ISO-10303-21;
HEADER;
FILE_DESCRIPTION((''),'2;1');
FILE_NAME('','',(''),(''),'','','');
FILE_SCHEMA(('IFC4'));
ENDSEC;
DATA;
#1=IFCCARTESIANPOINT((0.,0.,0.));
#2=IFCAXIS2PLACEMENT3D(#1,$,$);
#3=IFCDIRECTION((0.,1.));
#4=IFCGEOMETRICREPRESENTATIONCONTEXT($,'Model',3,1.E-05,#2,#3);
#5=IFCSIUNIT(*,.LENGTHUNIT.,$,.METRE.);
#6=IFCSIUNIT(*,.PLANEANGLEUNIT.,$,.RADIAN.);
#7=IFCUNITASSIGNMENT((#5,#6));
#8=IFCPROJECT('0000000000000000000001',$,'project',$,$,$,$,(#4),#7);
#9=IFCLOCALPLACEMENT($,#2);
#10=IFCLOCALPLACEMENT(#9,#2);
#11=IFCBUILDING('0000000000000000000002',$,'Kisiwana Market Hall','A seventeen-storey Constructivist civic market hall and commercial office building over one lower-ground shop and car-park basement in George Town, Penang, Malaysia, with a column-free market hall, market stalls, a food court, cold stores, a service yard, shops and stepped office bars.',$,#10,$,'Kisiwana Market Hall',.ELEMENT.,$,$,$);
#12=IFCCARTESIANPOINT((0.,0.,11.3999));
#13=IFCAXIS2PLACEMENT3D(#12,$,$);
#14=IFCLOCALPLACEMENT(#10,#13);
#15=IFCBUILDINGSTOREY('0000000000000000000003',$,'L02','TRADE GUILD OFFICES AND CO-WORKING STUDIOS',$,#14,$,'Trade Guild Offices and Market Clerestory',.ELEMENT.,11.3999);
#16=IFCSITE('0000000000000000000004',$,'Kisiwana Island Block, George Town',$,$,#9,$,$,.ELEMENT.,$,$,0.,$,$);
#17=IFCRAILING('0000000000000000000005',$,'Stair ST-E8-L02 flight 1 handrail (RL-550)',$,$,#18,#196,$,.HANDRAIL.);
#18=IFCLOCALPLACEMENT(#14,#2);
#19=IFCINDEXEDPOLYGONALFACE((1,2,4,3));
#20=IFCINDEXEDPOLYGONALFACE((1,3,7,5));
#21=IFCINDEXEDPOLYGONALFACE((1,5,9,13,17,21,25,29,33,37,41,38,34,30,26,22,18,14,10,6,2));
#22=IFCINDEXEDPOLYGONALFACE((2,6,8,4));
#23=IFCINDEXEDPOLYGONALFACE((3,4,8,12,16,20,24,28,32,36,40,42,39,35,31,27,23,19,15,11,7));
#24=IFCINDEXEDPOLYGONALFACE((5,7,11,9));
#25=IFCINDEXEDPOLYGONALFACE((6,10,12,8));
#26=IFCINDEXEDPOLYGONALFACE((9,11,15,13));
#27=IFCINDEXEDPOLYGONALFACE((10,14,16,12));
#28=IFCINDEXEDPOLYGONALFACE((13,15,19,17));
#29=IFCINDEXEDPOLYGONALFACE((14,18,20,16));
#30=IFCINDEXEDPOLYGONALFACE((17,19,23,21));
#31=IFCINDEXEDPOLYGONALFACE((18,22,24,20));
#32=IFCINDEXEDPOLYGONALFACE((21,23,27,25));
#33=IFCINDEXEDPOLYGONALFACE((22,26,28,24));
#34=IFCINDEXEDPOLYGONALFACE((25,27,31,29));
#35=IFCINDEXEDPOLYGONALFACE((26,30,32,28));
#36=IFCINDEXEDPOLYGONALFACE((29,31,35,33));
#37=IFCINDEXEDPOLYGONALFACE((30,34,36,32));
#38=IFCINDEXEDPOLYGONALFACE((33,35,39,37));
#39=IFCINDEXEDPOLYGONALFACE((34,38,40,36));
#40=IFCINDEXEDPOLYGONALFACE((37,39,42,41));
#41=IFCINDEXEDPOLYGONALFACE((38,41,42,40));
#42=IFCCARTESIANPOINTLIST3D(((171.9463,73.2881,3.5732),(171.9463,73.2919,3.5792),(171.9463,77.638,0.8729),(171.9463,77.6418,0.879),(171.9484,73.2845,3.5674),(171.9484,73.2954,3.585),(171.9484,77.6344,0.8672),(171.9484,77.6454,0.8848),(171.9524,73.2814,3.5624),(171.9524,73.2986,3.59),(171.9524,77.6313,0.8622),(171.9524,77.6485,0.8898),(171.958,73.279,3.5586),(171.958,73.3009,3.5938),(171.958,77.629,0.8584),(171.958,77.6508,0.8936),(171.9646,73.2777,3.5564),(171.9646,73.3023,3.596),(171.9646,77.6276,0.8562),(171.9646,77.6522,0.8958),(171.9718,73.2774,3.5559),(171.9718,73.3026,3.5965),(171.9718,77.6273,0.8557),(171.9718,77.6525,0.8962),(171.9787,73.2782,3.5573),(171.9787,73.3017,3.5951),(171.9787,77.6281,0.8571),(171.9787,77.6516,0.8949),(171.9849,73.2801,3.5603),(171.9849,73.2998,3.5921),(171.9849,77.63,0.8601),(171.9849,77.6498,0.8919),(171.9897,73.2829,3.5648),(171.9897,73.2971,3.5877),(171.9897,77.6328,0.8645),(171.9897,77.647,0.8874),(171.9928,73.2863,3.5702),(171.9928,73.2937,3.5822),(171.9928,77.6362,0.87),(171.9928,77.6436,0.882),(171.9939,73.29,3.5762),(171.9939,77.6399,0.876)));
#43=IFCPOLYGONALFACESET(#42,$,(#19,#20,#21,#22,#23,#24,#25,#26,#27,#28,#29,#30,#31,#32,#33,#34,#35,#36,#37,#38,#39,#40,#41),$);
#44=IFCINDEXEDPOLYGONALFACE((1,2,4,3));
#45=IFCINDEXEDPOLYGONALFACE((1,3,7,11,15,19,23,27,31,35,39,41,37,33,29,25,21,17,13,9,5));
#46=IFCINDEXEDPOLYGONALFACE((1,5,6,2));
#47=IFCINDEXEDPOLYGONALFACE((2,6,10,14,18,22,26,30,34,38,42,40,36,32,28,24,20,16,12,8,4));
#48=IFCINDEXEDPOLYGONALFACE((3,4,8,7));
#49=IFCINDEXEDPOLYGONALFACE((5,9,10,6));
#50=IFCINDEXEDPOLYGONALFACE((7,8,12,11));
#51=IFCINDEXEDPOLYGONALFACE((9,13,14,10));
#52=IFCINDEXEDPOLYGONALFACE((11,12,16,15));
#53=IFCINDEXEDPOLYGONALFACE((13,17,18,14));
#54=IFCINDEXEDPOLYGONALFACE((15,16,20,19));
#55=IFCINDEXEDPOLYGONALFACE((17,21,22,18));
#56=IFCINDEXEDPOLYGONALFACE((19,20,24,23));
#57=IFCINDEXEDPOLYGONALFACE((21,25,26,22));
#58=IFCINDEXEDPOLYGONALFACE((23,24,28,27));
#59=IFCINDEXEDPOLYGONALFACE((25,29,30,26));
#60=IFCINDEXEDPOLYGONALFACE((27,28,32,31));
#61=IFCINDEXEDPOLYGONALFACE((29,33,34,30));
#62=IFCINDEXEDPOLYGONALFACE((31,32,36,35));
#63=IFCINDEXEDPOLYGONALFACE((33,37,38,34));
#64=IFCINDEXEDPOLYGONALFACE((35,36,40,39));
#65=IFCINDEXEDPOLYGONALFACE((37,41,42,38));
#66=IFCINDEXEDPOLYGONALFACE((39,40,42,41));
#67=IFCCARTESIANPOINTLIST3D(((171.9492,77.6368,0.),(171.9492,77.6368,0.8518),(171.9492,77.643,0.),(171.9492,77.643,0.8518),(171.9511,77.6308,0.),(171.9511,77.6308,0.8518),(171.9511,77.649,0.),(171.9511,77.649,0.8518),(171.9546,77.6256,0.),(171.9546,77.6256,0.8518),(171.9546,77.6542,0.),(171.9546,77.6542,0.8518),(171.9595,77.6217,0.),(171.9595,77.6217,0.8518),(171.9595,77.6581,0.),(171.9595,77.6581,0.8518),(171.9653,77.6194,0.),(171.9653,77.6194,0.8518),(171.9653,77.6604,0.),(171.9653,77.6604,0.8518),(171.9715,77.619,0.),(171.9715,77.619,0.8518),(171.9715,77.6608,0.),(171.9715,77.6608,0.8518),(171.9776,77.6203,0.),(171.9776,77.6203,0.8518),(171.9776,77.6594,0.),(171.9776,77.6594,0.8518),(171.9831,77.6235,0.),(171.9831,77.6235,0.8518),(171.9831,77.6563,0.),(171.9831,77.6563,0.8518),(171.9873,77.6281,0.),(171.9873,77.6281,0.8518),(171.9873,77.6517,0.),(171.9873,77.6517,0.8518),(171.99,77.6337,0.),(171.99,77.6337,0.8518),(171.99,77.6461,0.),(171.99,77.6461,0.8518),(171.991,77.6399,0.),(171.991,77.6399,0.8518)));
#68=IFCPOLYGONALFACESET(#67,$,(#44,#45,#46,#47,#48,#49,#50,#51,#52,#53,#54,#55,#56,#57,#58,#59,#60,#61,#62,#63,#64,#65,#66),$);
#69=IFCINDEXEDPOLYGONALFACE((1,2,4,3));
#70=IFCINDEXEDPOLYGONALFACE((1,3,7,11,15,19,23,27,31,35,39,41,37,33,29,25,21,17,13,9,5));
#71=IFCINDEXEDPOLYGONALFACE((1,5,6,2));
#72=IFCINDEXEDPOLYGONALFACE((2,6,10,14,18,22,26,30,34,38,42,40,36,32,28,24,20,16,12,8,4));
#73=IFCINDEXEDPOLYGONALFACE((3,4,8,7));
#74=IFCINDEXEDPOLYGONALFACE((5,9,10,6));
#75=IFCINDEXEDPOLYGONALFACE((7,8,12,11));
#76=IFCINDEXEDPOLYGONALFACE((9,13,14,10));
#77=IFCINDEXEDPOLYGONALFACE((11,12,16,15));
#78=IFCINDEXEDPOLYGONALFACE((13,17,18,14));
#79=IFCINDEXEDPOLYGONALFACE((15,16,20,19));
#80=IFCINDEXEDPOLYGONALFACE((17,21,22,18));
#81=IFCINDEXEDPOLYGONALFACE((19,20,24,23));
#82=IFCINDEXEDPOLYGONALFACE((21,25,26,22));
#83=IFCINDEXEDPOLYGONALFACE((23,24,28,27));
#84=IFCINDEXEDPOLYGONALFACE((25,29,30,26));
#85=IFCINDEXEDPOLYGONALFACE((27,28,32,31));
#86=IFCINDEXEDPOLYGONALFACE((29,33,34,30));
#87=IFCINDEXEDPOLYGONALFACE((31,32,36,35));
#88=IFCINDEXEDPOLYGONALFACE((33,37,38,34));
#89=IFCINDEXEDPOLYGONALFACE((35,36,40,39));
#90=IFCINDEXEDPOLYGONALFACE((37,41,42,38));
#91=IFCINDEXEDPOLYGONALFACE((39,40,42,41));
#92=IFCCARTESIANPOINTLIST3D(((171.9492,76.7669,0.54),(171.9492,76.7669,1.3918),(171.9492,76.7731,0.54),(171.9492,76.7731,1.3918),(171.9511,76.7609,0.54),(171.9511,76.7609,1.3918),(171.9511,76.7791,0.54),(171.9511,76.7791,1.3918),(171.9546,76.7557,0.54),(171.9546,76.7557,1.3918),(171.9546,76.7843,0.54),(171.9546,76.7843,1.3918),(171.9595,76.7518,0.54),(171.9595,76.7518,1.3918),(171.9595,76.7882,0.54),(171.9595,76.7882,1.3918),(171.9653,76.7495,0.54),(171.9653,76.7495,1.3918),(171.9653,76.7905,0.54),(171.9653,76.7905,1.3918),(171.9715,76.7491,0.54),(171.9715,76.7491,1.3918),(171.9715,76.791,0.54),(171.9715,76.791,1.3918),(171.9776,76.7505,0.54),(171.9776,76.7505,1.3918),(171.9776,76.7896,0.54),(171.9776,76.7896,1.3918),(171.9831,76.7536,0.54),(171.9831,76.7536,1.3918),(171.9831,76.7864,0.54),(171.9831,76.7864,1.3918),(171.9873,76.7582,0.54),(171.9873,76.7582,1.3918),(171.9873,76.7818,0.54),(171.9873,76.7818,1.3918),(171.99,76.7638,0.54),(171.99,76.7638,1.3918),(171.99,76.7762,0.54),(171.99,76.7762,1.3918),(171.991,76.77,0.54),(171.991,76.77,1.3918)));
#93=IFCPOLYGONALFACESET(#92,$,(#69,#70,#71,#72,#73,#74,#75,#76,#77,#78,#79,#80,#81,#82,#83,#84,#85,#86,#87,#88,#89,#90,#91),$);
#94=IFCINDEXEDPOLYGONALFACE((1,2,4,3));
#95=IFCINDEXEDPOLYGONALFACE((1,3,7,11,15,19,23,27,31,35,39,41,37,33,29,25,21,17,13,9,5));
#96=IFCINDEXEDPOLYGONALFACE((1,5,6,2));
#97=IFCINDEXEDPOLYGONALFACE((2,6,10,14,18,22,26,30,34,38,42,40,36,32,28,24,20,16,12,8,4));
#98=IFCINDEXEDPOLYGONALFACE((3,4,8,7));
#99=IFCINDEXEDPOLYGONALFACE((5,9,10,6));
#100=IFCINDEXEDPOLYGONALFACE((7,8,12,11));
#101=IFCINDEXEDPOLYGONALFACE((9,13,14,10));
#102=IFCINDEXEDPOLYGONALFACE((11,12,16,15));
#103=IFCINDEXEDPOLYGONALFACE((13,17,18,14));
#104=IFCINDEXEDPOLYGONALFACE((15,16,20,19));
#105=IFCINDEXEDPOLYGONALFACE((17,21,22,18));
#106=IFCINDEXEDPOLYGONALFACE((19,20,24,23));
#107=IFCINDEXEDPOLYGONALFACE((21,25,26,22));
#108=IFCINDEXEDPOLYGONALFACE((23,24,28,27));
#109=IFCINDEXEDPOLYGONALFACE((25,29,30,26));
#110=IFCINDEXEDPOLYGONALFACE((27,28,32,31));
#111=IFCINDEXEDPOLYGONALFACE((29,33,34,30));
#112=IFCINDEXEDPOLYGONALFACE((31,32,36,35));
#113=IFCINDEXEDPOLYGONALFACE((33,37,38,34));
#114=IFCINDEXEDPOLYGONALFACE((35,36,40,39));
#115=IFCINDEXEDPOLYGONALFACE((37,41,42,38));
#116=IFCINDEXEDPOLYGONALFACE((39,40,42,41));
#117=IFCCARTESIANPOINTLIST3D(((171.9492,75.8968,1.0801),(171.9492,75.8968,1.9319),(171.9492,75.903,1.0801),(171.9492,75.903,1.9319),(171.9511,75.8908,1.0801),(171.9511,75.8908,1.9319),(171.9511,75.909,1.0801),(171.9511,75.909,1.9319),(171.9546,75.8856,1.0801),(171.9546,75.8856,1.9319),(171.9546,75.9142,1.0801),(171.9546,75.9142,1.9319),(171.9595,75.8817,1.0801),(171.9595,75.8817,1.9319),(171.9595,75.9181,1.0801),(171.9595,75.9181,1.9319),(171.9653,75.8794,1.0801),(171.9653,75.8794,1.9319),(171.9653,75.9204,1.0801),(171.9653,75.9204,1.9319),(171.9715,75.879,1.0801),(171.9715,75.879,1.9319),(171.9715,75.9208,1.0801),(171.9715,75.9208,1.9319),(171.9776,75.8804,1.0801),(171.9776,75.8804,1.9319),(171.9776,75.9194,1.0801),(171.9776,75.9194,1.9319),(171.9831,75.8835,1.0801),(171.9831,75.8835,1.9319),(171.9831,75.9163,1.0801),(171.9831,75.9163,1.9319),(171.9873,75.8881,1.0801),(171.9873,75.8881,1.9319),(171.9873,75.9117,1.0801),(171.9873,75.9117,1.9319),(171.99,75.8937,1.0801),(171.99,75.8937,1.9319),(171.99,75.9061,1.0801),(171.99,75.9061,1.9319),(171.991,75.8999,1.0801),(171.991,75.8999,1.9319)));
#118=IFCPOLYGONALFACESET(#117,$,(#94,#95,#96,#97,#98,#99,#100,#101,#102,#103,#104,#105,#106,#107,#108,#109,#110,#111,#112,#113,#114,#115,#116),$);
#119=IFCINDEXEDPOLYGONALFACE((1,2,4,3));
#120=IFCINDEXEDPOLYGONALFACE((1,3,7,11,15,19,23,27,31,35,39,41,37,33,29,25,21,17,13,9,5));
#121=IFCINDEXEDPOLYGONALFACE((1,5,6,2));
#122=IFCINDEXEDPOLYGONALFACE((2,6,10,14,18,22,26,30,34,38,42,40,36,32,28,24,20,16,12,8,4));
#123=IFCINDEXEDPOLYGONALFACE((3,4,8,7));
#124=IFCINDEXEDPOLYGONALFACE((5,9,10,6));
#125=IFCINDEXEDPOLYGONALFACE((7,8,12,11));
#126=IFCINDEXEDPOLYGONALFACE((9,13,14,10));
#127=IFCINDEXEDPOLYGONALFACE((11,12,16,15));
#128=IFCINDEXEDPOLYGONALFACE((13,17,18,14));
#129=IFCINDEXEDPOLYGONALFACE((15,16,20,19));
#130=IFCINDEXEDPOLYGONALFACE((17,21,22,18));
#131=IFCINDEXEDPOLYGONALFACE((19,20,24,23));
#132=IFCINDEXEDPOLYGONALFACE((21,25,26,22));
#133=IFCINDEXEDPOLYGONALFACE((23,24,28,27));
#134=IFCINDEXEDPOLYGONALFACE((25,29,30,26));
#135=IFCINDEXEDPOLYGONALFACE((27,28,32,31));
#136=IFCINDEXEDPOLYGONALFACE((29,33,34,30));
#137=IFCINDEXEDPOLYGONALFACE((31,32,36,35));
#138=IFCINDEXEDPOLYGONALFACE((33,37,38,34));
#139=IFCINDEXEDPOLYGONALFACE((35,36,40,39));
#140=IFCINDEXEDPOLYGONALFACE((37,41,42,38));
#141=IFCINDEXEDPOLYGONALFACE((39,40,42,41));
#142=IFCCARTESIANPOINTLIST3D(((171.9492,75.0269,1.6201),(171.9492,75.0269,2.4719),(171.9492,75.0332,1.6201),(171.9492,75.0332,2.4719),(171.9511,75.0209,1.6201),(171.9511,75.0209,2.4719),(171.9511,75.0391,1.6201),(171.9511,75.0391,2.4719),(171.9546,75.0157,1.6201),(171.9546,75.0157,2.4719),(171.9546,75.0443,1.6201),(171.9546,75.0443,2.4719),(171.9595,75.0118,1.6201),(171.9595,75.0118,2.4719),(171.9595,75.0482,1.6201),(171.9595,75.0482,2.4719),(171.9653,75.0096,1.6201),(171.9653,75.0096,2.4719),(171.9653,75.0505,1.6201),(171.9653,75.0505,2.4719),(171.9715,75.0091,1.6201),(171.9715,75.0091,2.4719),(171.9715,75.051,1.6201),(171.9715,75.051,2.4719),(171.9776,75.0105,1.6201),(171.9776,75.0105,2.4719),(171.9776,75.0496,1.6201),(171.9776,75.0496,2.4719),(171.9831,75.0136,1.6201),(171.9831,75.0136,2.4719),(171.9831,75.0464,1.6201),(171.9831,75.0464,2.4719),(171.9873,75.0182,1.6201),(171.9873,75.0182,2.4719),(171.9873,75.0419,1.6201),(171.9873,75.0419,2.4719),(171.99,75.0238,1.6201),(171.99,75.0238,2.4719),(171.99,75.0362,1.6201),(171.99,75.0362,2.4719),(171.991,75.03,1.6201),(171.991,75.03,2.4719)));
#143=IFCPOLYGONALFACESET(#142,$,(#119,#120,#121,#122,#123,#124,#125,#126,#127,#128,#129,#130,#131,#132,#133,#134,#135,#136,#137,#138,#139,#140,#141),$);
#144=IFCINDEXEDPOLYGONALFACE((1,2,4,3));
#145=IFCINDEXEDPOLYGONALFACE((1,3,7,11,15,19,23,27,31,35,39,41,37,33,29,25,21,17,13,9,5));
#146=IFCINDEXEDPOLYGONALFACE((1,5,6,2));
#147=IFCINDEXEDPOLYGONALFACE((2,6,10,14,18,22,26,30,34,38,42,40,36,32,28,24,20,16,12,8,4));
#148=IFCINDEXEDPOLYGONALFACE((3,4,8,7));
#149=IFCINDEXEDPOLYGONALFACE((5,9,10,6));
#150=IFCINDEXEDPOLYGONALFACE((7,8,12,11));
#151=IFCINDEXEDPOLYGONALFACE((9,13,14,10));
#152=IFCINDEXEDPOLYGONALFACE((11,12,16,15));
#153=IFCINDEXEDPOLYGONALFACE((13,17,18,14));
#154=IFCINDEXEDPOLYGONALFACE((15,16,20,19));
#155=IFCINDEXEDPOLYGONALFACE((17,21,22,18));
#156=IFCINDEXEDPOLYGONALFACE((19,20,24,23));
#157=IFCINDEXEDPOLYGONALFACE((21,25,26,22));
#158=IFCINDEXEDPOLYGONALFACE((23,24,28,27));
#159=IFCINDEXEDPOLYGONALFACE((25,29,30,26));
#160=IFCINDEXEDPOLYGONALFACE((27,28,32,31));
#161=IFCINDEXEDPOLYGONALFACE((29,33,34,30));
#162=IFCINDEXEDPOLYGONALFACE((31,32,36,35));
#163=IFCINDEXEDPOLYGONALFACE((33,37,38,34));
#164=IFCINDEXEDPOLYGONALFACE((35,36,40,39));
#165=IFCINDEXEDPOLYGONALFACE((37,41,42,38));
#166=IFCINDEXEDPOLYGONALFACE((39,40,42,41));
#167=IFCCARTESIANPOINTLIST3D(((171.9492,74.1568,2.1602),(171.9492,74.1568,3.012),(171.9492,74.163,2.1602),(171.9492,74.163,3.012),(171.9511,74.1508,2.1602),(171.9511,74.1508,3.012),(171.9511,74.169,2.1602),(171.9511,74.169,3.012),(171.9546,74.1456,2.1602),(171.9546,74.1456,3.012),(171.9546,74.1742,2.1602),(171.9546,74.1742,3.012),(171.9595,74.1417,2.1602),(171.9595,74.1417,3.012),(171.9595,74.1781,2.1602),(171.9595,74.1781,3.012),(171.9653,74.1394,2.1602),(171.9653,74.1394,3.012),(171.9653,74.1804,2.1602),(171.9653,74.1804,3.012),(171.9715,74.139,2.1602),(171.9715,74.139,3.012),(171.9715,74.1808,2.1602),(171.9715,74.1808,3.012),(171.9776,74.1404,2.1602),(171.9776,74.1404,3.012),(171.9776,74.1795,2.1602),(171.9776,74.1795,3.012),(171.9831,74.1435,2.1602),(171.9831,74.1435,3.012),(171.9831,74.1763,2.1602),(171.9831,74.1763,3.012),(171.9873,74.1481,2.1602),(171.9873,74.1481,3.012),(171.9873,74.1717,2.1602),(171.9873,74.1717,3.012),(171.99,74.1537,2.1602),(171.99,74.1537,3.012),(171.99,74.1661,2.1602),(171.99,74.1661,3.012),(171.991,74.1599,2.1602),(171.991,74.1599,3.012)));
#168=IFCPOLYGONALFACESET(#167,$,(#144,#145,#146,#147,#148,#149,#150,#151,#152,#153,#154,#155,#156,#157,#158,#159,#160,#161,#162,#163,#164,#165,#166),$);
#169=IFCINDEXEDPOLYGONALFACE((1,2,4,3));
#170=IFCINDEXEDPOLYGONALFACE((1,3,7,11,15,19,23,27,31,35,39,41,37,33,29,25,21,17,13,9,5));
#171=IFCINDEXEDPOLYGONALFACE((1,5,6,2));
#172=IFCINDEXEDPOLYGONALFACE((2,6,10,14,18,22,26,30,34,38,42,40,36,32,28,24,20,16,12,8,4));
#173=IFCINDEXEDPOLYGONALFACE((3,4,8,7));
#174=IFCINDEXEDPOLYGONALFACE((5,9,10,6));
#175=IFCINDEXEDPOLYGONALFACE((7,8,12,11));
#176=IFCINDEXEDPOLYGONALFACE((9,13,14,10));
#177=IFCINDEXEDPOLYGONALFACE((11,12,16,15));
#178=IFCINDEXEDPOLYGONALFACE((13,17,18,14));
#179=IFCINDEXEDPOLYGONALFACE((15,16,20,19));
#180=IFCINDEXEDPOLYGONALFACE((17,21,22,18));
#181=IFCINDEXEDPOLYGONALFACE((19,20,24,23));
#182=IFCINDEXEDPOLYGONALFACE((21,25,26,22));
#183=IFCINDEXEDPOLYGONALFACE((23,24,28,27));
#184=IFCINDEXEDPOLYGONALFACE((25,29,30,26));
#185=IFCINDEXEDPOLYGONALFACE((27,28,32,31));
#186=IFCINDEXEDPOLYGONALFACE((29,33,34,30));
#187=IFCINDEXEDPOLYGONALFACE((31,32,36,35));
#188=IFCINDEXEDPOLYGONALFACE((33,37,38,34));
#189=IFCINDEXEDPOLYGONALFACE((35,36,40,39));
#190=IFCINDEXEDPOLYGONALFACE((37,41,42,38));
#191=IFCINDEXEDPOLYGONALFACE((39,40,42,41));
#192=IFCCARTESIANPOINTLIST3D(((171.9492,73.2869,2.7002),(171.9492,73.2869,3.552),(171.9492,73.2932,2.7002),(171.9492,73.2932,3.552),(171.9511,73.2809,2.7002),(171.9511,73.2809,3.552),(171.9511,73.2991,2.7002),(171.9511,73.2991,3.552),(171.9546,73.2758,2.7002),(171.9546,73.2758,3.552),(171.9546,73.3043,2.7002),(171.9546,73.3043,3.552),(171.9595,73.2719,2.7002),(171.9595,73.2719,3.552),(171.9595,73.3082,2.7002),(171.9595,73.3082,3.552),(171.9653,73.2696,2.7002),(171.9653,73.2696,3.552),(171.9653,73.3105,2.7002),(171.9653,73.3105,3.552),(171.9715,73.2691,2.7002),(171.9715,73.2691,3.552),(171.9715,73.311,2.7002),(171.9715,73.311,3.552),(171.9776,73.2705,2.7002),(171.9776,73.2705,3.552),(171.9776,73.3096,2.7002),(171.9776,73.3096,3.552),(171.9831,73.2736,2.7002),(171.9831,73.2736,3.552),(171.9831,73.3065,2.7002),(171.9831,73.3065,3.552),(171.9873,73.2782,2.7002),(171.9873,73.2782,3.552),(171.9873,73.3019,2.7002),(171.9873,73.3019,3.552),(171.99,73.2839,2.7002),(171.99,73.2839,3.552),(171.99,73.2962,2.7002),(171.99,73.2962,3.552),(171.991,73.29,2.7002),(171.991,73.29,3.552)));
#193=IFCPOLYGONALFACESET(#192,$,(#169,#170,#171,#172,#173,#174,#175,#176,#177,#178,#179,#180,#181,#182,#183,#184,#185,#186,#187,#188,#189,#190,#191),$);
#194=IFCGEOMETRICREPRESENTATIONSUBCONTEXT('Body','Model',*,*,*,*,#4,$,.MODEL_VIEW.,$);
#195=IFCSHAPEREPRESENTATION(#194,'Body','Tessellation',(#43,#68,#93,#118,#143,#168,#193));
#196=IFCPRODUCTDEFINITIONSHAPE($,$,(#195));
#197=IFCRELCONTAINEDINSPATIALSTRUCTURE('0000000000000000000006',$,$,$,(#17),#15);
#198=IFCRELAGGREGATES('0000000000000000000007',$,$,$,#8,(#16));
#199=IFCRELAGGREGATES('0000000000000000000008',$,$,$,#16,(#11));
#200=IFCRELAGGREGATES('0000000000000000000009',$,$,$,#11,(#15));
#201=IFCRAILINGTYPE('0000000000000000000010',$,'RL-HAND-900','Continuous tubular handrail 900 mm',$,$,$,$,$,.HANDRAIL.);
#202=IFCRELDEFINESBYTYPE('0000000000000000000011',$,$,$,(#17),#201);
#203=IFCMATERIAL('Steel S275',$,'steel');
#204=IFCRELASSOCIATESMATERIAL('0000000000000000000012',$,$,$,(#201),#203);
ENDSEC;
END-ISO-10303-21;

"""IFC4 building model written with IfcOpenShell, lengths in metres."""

from ifc_helpers import new_model, si_unit, direction, frame, origin, origin_2d, place, context, subcontext, project, spatial, circle, extrude, material, type_object, element, save


model = new_model("IFC4")

# Units and contexts
model_context = context("Model", 3, precision=1e-05, world=origin(), true_north=direction((0.0, 1.0)))
body_context = subcontext(model_context, "Body", "Model", "MODEL_VIEW")
ifc_project = project(units=[si_unit("LENGTHUNIT", "METRE"), si_unit("PLANEANGLEUNIT", "RADIAN")], contexts=[model_context])

# Site, building, storey
site_placement = place(None, origin())
site = spatial("IfcSite", under=ifc_project, at=site_placement, Name="Kisiwana Island Block, George Town", CompositionType="ELEMENT", RefElevation=0.0)
building_placement = place(site_placement, origin())
building = spatial("IfcBuilding", under=site, at=building_placement, Name="Kisiwana Market Hall", Description="A seventeen-storey Constructivist civic market hall and commercial office building over one lower-ground shop and car-park basement in George Town, Penang, Malaysia, with a column-free market hall, market stalls, a food court, cold stores, a service yard, shops and stepped office bars.", LongName="Kisiwana Market Hall", CompositionType="ELEMENT")
storey_placement = place(building_placement, frame((0.0, 0.0, 11.3999)))
storey = spatial("IfcBuildingStorey", under=building, at=storey_placement, Name="L02", Description="TRADE GUILD OFFICES AND CO-WORKING STUDIOS", LongName="Trade Guild Offices and Market Clerestory", CompositionType="ELEMENT", Elevation=11.3999)

# Railing
ifc_material_1 = material(Name="Steel S275", Category="steel")
railing_type_1 = type_object("IfcRailingType", Name="RL-HAND-900", Description="Continuous tubular handrail 900 mm", PredefinedType="HANDRAIL", material=ifc_material_1)
for number, where, name in (
    (1, (171.97, 77.6399, 0.0), "Stair ST-E8-L02 flight 1 handrail (RL-550)"),
):
    element("IfcRailing", number, at=place(storey_placement, frame(where)), inside=storey, type_object=railing_type_1, Name=name, PredefinedType="HANDRAIL", context=body_context, shape_type="SweptSolid", body=[
        extrude(circle(Radius=0.0239, at=origin_2d()), frame((0.0, 0.0, 0.876), z_axis=(0.0, -0.849615, 0.527403), x_axis=(1.0, 0.0, 0.0)), (0.0, 0.0, 1.0), 5.1199),
        extrude(circle(Radius=0.021, at=origin_2d()), origin(), (0.0, 0.0, 1.0), 0.8518),
        extrude(circle(Radius=0.021, at=origin_2d()), frame((0.0, -0.8699, 0.54)), (0.0, 0.0, 1.0), 0.8518),
        extrude(circle(Radius=0.021, at=origin_2d()), frame((0.0, -1.74, 1.0801)), (0.0, 0.0, 1.0), 0.8518),
        extrude(circle(Radius=0.021, at=origin_2d()), frame((0.0, -2.6099, 1.6201)), (0.0, 0.0, 1.0), 0.8518),
        extrude(circle(Radius=0.021, at=origin_2d()), frame((0.0, -3.48, 2.1602)), (0.0, 0.0, 1.0), 0.8518),
        extrude(circle(Radius=0.021, at=origin_2d()), frame((0.0, -4.3499, 2.7002)), (0.0, 0.0, 1.0), 0.8518),
    ])

save(model, "model.ifc")
